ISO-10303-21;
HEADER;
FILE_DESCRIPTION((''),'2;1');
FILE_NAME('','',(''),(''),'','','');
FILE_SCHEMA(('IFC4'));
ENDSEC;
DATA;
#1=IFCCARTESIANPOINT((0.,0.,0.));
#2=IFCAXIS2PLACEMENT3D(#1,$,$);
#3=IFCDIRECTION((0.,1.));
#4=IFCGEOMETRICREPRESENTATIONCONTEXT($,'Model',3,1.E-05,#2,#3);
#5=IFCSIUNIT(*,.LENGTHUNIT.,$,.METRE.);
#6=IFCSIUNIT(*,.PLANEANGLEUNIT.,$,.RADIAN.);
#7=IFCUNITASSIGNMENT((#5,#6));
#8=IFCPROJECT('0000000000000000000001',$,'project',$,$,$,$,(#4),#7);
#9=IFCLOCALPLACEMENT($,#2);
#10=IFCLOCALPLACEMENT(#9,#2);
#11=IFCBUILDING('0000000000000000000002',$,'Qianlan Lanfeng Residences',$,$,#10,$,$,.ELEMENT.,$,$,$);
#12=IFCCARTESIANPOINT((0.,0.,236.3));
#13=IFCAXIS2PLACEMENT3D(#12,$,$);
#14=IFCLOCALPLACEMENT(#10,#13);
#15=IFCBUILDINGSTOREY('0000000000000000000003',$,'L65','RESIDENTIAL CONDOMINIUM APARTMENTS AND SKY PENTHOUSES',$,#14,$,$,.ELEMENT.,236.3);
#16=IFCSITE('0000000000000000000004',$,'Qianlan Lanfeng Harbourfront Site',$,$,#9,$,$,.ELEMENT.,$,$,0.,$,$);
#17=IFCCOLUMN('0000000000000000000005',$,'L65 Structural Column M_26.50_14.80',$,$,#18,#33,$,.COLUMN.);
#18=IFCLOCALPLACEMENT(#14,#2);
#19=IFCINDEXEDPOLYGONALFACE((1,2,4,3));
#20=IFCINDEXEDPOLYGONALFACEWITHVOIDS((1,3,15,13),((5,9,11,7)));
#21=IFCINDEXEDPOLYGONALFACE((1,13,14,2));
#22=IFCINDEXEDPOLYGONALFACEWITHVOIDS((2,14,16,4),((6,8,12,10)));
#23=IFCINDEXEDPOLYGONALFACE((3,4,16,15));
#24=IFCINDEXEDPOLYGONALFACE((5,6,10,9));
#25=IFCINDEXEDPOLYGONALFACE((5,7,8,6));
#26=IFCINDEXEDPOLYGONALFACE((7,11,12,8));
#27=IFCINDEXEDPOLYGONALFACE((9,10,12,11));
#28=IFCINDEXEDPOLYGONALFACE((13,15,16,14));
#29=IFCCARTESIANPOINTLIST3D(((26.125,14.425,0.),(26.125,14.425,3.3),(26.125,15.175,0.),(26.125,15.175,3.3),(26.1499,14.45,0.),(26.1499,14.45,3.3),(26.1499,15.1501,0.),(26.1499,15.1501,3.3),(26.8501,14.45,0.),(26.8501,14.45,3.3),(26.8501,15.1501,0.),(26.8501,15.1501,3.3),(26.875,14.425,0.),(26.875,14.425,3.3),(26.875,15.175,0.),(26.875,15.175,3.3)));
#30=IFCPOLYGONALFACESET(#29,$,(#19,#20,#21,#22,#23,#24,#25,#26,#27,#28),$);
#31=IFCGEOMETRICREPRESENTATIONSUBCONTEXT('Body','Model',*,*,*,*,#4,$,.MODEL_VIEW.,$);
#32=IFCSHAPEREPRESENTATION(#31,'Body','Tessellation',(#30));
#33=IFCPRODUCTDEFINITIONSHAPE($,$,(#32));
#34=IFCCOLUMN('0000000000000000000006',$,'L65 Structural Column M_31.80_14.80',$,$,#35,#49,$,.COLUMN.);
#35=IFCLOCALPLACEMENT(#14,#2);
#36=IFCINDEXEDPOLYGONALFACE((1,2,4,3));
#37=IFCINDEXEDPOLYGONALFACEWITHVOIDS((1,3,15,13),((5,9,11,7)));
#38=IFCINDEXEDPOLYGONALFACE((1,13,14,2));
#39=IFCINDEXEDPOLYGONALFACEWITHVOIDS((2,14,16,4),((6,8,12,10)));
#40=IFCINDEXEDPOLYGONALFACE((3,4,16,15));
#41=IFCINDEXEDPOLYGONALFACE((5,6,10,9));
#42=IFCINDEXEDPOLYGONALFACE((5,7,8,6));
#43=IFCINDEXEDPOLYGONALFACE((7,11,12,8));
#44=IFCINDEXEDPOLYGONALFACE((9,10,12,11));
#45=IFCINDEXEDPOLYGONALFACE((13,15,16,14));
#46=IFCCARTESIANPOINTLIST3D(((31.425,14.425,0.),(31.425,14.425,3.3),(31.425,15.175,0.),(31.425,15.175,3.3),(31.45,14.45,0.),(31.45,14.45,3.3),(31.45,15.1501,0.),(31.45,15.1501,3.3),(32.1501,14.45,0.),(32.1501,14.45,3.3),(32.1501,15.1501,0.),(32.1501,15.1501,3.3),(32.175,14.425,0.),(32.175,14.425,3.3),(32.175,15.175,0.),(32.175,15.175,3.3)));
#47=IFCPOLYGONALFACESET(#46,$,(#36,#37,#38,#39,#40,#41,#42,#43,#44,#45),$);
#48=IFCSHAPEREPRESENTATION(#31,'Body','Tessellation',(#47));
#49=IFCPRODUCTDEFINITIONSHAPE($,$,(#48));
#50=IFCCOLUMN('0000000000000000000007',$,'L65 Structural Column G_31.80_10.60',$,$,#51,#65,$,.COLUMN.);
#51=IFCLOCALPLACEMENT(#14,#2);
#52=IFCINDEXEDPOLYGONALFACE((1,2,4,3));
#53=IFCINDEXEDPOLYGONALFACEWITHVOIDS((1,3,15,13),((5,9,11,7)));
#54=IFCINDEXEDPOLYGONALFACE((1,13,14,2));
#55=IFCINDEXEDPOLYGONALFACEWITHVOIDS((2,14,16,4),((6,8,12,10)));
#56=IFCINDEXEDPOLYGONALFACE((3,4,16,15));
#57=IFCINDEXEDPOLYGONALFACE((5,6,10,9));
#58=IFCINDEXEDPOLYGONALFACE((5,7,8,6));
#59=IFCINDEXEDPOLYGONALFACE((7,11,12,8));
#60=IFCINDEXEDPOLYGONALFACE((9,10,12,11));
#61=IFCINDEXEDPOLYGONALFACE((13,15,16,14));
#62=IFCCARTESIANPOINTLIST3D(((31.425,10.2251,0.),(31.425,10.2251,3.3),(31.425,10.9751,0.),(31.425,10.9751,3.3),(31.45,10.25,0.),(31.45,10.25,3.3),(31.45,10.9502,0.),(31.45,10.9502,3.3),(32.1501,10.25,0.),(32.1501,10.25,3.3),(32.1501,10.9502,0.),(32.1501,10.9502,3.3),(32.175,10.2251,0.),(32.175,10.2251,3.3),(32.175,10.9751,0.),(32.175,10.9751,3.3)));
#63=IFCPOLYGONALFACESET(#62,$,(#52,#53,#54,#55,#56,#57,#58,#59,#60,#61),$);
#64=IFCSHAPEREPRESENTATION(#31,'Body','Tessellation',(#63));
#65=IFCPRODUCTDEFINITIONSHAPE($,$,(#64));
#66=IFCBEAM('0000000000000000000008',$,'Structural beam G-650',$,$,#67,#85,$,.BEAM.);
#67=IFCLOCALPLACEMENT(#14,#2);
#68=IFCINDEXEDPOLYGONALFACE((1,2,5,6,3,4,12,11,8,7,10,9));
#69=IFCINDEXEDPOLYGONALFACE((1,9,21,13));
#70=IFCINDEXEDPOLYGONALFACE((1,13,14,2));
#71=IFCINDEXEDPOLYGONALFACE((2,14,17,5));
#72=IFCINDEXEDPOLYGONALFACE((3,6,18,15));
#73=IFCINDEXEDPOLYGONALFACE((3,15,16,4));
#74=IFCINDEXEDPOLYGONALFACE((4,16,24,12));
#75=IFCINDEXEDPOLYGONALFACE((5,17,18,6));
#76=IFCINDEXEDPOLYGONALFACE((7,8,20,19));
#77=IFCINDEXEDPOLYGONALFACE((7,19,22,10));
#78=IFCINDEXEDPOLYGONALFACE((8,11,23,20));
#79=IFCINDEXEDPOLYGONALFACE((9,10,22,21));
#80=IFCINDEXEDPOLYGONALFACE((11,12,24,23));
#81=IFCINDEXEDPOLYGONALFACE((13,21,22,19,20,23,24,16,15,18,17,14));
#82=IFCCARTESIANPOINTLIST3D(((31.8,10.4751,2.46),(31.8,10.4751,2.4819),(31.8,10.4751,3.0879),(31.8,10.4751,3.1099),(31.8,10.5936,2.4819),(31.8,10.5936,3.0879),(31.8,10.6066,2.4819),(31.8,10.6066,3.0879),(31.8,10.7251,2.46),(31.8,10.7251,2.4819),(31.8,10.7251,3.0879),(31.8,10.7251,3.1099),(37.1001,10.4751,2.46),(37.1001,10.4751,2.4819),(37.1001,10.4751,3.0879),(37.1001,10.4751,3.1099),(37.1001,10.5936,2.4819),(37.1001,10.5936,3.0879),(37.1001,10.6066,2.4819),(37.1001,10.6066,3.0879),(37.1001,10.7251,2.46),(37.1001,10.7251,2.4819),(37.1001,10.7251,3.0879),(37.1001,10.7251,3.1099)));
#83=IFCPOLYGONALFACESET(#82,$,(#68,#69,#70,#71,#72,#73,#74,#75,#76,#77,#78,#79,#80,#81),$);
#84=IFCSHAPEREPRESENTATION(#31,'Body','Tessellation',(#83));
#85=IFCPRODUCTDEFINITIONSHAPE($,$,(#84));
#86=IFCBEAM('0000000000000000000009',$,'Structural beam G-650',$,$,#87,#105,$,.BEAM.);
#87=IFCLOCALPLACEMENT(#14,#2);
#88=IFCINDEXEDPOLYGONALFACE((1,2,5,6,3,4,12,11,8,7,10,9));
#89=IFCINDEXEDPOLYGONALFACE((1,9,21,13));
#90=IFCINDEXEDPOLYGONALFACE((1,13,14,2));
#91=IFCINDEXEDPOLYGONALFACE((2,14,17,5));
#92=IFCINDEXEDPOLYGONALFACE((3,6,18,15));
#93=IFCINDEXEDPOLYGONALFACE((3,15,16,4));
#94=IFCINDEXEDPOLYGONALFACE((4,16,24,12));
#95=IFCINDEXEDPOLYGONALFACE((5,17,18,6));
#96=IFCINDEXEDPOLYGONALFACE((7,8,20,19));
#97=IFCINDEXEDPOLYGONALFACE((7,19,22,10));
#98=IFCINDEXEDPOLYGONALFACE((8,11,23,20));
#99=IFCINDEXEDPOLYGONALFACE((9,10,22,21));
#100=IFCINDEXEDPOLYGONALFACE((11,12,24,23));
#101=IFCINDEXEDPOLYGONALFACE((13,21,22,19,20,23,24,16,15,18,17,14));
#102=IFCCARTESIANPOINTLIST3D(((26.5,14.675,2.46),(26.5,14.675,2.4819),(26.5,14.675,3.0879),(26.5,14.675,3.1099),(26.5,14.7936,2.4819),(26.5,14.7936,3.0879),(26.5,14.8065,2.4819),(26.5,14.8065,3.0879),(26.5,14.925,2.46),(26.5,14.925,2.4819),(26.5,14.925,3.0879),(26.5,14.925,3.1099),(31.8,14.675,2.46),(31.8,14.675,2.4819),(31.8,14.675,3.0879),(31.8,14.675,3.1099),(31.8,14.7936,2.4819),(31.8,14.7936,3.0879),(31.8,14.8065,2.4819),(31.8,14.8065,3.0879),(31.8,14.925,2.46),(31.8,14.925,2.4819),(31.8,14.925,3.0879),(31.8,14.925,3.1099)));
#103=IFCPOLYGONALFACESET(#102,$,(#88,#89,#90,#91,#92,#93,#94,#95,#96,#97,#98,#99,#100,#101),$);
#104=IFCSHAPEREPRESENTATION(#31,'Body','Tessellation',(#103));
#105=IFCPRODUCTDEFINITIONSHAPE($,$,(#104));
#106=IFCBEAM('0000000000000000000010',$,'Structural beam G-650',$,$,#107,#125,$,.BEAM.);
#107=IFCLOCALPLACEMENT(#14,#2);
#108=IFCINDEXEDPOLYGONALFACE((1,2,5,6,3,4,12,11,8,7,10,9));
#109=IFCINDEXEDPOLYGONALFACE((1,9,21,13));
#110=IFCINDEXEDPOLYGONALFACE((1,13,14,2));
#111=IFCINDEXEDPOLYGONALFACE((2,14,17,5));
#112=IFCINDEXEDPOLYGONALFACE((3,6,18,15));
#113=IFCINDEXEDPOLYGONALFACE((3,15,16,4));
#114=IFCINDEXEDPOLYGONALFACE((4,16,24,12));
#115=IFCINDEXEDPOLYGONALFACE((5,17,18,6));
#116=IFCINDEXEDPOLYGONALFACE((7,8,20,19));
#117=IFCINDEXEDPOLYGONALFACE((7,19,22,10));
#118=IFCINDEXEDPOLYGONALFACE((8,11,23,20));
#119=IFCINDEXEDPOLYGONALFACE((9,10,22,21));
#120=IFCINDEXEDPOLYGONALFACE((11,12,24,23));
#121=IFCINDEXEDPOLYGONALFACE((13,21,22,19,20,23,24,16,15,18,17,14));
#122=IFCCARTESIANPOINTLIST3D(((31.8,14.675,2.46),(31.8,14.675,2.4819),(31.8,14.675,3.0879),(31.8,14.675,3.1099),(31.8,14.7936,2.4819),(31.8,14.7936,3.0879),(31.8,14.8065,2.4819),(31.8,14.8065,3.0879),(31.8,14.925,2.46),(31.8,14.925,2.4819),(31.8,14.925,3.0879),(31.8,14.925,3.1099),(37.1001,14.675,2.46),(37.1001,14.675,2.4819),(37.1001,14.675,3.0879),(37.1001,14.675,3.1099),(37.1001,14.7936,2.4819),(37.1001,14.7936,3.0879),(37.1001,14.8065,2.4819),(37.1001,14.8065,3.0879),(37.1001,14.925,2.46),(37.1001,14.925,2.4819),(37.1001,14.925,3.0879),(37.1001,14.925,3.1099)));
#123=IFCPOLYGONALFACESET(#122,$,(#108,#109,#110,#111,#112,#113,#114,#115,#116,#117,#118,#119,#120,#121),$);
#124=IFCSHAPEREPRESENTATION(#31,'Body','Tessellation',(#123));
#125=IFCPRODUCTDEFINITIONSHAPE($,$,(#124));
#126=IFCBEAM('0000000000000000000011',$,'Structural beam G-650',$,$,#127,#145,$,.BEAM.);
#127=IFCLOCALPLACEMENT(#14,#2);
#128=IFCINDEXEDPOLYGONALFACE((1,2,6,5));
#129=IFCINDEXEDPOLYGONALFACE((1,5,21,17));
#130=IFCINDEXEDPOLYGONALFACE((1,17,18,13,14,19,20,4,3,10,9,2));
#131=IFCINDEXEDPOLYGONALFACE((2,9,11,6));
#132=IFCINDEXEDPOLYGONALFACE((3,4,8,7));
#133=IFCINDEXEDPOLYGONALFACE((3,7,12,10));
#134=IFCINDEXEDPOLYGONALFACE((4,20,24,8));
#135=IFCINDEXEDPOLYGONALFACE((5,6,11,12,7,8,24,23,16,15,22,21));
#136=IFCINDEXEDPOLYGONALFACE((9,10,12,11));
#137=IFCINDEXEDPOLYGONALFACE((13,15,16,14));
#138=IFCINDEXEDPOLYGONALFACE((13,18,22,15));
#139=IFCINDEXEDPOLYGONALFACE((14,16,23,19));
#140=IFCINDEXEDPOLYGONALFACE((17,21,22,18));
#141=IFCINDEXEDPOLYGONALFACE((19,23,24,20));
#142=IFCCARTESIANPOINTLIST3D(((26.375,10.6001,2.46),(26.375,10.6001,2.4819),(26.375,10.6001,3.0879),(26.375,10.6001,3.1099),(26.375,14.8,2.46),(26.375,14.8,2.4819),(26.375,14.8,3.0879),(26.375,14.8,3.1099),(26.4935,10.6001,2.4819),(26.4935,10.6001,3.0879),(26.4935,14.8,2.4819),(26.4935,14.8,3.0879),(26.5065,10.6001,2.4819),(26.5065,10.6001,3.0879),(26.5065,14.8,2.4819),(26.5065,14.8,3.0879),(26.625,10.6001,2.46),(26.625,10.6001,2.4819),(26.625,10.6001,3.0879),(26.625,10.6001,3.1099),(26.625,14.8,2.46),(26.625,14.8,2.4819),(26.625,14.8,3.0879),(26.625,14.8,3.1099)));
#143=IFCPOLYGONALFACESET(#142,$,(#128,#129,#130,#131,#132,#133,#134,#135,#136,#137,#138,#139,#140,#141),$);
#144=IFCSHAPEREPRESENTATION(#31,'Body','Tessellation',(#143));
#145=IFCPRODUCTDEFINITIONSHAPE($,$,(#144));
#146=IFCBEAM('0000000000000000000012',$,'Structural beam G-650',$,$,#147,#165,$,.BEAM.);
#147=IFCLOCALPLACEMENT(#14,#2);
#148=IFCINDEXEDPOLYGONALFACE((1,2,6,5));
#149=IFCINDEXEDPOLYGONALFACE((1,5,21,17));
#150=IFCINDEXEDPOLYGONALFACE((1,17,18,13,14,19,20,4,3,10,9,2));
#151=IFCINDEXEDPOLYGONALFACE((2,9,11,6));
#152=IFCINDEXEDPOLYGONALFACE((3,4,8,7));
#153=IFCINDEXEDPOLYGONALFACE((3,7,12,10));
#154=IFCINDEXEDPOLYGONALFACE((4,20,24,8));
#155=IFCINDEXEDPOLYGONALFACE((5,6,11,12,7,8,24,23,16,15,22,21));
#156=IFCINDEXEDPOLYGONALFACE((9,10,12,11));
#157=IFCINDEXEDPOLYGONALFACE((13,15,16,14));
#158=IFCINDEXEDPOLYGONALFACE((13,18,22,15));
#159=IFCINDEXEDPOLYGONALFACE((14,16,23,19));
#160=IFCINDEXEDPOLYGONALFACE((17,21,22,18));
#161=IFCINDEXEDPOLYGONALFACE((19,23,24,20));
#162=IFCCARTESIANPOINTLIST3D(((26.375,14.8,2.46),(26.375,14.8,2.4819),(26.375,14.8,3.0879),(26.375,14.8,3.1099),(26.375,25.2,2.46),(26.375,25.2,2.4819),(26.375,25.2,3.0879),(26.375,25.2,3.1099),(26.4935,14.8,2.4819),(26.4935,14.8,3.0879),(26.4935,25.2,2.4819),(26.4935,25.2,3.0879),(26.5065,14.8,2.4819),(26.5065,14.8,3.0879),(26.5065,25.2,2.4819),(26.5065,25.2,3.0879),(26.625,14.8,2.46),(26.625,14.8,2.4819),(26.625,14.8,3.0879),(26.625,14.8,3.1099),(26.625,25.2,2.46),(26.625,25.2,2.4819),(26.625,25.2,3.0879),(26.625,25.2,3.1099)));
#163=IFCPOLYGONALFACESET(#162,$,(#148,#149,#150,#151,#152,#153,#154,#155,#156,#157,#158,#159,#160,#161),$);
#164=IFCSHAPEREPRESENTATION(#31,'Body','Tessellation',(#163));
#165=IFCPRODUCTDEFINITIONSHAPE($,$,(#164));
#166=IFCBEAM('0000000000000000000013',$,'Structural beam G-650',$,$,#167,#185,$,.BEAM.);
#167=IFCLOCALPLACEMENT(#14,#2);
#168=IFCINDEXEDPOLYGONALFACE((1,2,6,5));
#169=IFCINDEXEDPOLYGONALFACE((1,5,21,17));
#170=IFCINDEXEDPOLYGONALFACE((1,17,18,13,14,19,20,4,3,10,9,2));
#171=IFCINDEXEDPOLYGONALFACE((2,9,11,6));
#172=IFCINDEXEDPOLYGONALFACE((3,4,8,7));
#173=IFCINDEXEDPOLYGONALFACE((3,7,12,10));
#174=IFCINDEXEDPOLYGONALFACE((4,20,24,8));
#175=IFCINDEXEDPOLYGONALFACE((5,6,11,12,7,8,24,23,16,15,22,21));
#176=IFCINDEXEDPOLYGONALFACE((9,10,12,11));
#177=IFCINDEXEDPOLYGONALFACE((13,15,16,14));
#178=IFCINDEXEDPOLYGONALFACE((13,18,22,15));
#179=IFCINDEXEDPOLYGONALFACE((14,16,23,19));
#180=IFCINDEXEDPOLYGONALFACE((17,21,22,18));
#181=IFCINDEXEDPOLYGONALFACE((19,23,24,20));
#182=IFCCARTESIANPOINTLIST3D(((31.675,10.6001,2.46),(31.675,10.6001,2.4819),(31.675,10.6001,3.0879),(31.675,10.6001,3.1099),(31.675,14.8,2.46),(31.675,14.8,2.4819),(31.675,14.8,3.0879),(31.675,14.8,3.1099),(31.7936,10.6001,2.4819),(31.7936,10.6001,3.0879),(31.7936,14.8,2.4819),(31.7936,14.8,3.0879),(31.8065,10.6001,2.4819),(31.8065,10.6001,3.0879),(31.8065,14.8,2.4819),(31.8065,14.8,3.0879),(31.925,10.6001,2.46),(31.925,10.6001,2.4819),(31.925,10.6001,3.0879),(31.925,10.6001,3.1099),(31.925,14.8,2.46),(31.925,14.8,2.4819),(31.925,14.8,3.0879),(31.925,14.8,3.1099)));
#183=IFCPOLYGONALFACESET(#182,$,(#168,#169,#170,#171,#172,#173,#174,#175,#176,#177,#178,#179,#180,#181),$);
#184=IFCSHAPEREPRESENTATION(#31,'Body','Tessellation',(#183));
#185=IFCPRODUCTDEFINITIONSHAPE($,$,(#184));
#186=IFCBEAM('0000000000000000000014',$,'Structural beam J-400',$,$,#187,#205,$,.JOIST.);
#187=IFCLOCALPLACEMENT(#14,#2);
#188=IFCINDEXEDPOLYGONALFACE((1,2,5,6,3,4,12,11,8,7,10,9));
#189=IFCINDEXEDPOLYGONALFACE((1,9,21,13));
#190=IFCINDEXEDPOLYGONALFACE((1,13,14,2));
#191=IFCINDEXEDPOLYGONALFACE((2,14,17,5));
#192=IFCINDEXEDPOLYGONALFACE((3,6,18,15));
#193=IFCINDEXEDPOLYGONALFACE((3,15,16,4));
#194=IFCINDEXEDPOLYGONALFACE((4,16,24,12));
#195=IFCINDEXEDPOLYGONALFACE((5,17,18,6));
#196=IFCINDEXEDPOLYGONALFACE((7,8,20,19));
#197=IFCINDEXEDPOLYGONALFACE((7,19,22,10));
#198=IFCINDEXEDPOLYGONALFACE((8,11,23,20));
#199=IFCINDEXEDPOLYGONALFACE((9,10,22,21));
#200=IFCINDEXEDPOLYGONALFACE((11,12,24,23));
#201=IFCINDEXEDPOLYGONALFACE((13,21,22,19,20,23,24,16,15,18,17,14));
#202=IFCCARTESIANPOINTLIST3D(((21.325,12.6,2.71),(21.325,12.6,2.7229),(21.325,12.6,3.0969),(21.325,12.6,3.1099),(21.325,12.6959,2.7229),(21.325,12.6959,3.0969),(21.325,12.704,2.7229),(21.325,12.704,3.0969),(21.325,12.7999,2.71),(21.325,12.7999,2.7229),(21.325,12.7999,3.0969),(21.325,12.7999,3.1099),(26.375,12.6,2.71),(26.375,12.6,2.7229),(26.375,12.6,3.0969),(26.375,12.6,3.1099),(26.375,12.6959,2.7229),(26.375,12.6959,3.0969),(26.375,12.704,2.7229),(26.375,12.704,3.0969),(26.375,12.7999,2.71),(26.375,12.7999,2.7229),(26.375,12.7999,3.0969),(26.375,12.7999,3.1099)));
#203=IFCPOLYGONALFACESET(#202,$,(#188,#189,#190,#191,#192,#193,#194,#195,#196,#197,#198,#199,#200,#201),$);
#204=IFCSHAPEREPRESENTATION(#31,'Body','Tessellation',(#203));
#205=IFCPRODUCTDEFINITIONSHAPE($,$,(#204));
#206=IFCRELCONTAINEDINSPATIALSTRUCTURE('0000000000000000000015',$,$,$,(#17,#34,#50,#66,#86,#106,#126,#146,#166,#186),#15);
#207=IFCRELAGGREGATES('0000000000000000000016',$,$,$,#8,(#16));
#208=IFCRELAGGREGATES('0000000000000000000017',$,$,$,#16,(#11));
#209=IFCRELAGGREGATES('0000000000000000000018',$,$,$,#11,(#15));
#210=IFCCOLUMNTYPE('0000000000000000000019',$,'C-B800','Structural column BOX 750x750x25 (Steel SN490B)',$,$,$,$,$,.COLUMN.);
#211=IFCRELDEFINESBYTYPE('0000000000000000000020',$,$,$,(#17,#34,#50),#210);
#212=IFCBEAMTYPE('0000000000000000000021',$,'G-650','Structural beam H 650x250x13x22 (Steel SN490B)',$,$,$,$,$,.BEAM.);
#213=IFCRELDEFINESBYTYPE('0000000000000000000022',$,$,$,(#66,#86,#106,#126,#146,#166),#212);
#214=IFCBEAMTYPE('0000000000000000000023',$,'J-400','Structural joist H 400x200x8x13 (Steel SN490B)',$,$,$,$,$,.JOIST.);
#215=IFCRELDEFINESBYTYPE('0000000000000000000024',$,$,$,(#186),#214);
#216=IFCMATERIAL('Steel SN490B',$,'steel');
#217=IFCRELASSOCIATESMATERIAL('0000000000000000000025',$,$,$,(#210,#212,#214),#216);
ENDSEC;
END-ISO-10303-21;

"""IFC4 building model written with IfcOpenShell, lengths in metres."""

from ifc_helpers import new_model, si_unit, direction, frame, origin, origin_2d, place, context, subcontext, project, spatial, hollow_rectangle, i_section, extrude, material, material_profile, profile_set, type_object, element, save


model = new_model("IFC4")

# Units and contexts
model_context = context("Model", 3, precision=1e-05, world=origin(), true_north=direction((0.0, 1.0)))
body_context = subcontext(model_context, "Body", "Model", "MODEL_VIEW")
ifc_project = project(units=[si_unit("LENGTHUNIT", "METRE"), si_unit("PLANEANGLEUNIT", "RADIAN")], contexts=[model_context])

# Site, building, storey
site_placement = place(None, origin())
site = spatial("IfcSite", under=ifc_project, at=site_placement, Name="Qianlan Lanfeng Harbourfront Site", CompositionType="ELEMENT", RefElevation=0.0)
building_placement = place(site_placement, origin())
building = spatial("IfcBuilding", under=site, at=building_placement, Name="Qianlan Lanfeng Residences", CompositionType="ELEMENT")
storey_placement = place(building_placement, frame((0.0, 0.0, 236.3)))
storey = spatial("IfcBuildingStorey", under=building, at=storey_placement, Name="L65", Description="RESIDENTIAL CONDOMINIUM APARTMENTS AND SKY PENTHOUSES", CompositionType="ELEMENT", Elevation=236.3)

# Columns
ifc_material_1 = material(Name="Steel SN490B", Category="steel")
ifc_material_profile_1 = material_profile(ifc_material_1, hollow_rectangle(XDim=0.75, YDim=0.75, WallThickness=0.0249, at=origin_2d()), Name="BOX 750x750x25")
ifc_profile_set_1 = profile_set([ifc_material_profile_1], Name="Steel SN490B")
column_type = type_object("IfcColumnType", Name="C-B800", Description="Structural column BOX 750x750x25 (Steel SN490B)", PredefinedType="COLUMN", material=ifc_profile_set_1)
for number, where, z_axis, x_axis, name in (
    (1, (26.5, 14.8, 0.0), (0.0, 0.0, 1.0), (1.0, 0.0, 0.0), "L65 Structural Column M_26.50_14.80"),
    (2, (31.8, 14.8, 0.0), (0.0, 0.0, 1.0), (1.0, 0.0, 0.0), "L65 Structural Column M_31.80_14.80"),
    (3, (31.8, 10.6001, 0.0), (0.0, 0.0, 1.0), (1.0, 0.0, 0.0), "L65 Structural Column G_31.80_10.60"),
):
    element("IfcColumn", number, at=place(storey_placement, frame(where, z_axis=z_axis, x_axis=x_axis)), inside=storey, type_object=column_type, Name=name, PredefinedType="COLUMN", context=body_context, shape_type="SweptSolid", body=[
        extrude(hollow_rectangle(XDim=0.75, YDim=0.75, WallThickness=0.0249, at=origin_2d()), origin(), (0.0, 0.0, 1.0), 3.3),
    ])

# Beams
ifc_material_profile_2 = material_profile(ifc_material_1, i_section(OverallWidth=0.25, OverallDepth=0.6499, WebThickness=0.0129, FlangeThickness=0.022, at=origin_2d()), Name="H 650x250x13x22")
ifc_profile_set_2 = profile_set([ifc_material_profile_2], Name="Steel SN490B")
beam_type_1 = type_object("IfcBeamType", Name="G-650", Description="Structural beam H 650x250x13x22 (Steel SN490B)", PredefinedType="BEAM", material=ifc_profile_set_2)
for number, where, z_axis, x_axis, name in (
    (4, (31.8, 10.6001, 2.7849), (1.0, 0.0, 0.0), (0.0, 1.0, 0.0), "Structural beam G-650"),
    (5, (26.5, 14.8, 2.7849), (1.0, 0.0, 0.0), (0.0, 1.0, 0.0), "Structural beam G-650"),
    (6, (31.8, 14.8, 2.7849), (1.0, 0.0, 0.0), (0.0, 1.0, 0.0), "Structural beam G-650"),
):
    element("IfcBeam", number, at=place(storey_placement, frame(where, z_axis=z_axis, x_axis=x_axis)), inside=storey, type_object=beam_type_1, Name=name, PredefinedType="BEAM", context=body_context, shape_type="SweptSolid", body=[
        extrude(i_section(OverallWidth=0.25, OverallDepth=0.6499, WebThickness=0.0129, FlangeThickness=0.022, at=origin_2d()), origin(), (0.0, 0.0, 1.0), 5.3),
    ])
beam_1_placement = place(storey_placement, frame((26.5, 10.6001, 2.7849), z_axis=(0.0, 1.0, 0.0), x_axis=(-1.0, 0.0, 0.0)))
element("IfcBeam", 7, at=beam_1_placement, inside=storey, type_object=beam_type_1, Name="Structural beam G-650", PredefinedType="BEAM", context=body_context, shape_type="SweptSolid", body=[
    extrude(i_section(OverallWidth=0.25, OverallDepth=0.6499, WebThickness=0.0129, FlangeThickness=0.022, at=origin_2d()), origin(), (0.0, 0.0, 1.0), 4.2),
])
beam_2_placement = place(storey_placement, frame((26.5, 14.8, 2.7849), z_axis=(0.0, 1.0, 0.0), x_axis=(-1.0, 0.0, 0.0)))
element("IfcBeam", 8, at=beam_2_placement, inside=storey, type_object=beam_type_1, Name="Structural beam G-650", PredefinedType="BEAM", context=body_context, shape_type="SweptSolid", body=[
    extrude(i_section(OverallWidth=0.25, OverallDepth=0.6499, WebThickness=0.0129, FlangeThickness=0.022, at=origin_2d()), origin(), (0.0, 0.0, 1.0), 10.3999),
])
beam_3_placement = place(storey_placement, frame((31.8, 10.6001, 2.7849), z_axis=(0.0, 1.0, 0.0), x_axis=(-1.0, 0.0, 0.0)))
element("IfcBeam", 9, at=beam_3_placement, inside=storey, type_object=beam_type_1, Name="Structural beam G-650", PredefinedType="BEAM", context=body_context, shape_type="SweptSolid", body=[
    extrude(i_section(OverallWidth=0.25, OverallDepth=0.6499, WebThickness=0.0129, FlangeThickness=0.022, at=origin_2d()), origin(), (0.0, 0.0, 1.0), 4.2),
])
ifc_material_profile_3 = material_profile(ifc_material_1, i_section(OverallWidth=0.2, OverallDepth=0.3999, WebThickness=0.0081, FlangeThickness=0.0129, at=origin_2d()), Name="H 400x200x8x13")
ifc_profile_set_3 = profile_set([ifc_material_profile_3], Name="Steel SN490B")
beam_type_2 = type_object("IfcBeamType", Name="J-400", Description="Structural joist H 400x200x8x13 (Steel SN490B)", PredefinedType="JOIST", material=ifc_profile_set_3)
for number, where, z_axis, x_axis, name in (
    (10, (21.325, 12.7, 2.9099), (1.0, 0.0, 0.0), (0.0, 1.0, 0.0), "Structural beam J-400"),
):
    element("IfcBeam", number, at=place(storey_placement, frame(where, z_axis=z_axis, x_axis=x_axis)), inside=storey, type_object=beam_type_2, Name=name, PredefinedType="JOIST", context=body_context, shape_type="SweptSolid", body=[
        extrude(i_section(OverallWidth=0.2, OverallDepth=0.3999, WebThickness=0.0081, FlangeThickness=0.0129, at=origin_2d()), origin(), (0.0, 0.0, 1.0), 5.05),
    ])

save(model, "model.ifc")
